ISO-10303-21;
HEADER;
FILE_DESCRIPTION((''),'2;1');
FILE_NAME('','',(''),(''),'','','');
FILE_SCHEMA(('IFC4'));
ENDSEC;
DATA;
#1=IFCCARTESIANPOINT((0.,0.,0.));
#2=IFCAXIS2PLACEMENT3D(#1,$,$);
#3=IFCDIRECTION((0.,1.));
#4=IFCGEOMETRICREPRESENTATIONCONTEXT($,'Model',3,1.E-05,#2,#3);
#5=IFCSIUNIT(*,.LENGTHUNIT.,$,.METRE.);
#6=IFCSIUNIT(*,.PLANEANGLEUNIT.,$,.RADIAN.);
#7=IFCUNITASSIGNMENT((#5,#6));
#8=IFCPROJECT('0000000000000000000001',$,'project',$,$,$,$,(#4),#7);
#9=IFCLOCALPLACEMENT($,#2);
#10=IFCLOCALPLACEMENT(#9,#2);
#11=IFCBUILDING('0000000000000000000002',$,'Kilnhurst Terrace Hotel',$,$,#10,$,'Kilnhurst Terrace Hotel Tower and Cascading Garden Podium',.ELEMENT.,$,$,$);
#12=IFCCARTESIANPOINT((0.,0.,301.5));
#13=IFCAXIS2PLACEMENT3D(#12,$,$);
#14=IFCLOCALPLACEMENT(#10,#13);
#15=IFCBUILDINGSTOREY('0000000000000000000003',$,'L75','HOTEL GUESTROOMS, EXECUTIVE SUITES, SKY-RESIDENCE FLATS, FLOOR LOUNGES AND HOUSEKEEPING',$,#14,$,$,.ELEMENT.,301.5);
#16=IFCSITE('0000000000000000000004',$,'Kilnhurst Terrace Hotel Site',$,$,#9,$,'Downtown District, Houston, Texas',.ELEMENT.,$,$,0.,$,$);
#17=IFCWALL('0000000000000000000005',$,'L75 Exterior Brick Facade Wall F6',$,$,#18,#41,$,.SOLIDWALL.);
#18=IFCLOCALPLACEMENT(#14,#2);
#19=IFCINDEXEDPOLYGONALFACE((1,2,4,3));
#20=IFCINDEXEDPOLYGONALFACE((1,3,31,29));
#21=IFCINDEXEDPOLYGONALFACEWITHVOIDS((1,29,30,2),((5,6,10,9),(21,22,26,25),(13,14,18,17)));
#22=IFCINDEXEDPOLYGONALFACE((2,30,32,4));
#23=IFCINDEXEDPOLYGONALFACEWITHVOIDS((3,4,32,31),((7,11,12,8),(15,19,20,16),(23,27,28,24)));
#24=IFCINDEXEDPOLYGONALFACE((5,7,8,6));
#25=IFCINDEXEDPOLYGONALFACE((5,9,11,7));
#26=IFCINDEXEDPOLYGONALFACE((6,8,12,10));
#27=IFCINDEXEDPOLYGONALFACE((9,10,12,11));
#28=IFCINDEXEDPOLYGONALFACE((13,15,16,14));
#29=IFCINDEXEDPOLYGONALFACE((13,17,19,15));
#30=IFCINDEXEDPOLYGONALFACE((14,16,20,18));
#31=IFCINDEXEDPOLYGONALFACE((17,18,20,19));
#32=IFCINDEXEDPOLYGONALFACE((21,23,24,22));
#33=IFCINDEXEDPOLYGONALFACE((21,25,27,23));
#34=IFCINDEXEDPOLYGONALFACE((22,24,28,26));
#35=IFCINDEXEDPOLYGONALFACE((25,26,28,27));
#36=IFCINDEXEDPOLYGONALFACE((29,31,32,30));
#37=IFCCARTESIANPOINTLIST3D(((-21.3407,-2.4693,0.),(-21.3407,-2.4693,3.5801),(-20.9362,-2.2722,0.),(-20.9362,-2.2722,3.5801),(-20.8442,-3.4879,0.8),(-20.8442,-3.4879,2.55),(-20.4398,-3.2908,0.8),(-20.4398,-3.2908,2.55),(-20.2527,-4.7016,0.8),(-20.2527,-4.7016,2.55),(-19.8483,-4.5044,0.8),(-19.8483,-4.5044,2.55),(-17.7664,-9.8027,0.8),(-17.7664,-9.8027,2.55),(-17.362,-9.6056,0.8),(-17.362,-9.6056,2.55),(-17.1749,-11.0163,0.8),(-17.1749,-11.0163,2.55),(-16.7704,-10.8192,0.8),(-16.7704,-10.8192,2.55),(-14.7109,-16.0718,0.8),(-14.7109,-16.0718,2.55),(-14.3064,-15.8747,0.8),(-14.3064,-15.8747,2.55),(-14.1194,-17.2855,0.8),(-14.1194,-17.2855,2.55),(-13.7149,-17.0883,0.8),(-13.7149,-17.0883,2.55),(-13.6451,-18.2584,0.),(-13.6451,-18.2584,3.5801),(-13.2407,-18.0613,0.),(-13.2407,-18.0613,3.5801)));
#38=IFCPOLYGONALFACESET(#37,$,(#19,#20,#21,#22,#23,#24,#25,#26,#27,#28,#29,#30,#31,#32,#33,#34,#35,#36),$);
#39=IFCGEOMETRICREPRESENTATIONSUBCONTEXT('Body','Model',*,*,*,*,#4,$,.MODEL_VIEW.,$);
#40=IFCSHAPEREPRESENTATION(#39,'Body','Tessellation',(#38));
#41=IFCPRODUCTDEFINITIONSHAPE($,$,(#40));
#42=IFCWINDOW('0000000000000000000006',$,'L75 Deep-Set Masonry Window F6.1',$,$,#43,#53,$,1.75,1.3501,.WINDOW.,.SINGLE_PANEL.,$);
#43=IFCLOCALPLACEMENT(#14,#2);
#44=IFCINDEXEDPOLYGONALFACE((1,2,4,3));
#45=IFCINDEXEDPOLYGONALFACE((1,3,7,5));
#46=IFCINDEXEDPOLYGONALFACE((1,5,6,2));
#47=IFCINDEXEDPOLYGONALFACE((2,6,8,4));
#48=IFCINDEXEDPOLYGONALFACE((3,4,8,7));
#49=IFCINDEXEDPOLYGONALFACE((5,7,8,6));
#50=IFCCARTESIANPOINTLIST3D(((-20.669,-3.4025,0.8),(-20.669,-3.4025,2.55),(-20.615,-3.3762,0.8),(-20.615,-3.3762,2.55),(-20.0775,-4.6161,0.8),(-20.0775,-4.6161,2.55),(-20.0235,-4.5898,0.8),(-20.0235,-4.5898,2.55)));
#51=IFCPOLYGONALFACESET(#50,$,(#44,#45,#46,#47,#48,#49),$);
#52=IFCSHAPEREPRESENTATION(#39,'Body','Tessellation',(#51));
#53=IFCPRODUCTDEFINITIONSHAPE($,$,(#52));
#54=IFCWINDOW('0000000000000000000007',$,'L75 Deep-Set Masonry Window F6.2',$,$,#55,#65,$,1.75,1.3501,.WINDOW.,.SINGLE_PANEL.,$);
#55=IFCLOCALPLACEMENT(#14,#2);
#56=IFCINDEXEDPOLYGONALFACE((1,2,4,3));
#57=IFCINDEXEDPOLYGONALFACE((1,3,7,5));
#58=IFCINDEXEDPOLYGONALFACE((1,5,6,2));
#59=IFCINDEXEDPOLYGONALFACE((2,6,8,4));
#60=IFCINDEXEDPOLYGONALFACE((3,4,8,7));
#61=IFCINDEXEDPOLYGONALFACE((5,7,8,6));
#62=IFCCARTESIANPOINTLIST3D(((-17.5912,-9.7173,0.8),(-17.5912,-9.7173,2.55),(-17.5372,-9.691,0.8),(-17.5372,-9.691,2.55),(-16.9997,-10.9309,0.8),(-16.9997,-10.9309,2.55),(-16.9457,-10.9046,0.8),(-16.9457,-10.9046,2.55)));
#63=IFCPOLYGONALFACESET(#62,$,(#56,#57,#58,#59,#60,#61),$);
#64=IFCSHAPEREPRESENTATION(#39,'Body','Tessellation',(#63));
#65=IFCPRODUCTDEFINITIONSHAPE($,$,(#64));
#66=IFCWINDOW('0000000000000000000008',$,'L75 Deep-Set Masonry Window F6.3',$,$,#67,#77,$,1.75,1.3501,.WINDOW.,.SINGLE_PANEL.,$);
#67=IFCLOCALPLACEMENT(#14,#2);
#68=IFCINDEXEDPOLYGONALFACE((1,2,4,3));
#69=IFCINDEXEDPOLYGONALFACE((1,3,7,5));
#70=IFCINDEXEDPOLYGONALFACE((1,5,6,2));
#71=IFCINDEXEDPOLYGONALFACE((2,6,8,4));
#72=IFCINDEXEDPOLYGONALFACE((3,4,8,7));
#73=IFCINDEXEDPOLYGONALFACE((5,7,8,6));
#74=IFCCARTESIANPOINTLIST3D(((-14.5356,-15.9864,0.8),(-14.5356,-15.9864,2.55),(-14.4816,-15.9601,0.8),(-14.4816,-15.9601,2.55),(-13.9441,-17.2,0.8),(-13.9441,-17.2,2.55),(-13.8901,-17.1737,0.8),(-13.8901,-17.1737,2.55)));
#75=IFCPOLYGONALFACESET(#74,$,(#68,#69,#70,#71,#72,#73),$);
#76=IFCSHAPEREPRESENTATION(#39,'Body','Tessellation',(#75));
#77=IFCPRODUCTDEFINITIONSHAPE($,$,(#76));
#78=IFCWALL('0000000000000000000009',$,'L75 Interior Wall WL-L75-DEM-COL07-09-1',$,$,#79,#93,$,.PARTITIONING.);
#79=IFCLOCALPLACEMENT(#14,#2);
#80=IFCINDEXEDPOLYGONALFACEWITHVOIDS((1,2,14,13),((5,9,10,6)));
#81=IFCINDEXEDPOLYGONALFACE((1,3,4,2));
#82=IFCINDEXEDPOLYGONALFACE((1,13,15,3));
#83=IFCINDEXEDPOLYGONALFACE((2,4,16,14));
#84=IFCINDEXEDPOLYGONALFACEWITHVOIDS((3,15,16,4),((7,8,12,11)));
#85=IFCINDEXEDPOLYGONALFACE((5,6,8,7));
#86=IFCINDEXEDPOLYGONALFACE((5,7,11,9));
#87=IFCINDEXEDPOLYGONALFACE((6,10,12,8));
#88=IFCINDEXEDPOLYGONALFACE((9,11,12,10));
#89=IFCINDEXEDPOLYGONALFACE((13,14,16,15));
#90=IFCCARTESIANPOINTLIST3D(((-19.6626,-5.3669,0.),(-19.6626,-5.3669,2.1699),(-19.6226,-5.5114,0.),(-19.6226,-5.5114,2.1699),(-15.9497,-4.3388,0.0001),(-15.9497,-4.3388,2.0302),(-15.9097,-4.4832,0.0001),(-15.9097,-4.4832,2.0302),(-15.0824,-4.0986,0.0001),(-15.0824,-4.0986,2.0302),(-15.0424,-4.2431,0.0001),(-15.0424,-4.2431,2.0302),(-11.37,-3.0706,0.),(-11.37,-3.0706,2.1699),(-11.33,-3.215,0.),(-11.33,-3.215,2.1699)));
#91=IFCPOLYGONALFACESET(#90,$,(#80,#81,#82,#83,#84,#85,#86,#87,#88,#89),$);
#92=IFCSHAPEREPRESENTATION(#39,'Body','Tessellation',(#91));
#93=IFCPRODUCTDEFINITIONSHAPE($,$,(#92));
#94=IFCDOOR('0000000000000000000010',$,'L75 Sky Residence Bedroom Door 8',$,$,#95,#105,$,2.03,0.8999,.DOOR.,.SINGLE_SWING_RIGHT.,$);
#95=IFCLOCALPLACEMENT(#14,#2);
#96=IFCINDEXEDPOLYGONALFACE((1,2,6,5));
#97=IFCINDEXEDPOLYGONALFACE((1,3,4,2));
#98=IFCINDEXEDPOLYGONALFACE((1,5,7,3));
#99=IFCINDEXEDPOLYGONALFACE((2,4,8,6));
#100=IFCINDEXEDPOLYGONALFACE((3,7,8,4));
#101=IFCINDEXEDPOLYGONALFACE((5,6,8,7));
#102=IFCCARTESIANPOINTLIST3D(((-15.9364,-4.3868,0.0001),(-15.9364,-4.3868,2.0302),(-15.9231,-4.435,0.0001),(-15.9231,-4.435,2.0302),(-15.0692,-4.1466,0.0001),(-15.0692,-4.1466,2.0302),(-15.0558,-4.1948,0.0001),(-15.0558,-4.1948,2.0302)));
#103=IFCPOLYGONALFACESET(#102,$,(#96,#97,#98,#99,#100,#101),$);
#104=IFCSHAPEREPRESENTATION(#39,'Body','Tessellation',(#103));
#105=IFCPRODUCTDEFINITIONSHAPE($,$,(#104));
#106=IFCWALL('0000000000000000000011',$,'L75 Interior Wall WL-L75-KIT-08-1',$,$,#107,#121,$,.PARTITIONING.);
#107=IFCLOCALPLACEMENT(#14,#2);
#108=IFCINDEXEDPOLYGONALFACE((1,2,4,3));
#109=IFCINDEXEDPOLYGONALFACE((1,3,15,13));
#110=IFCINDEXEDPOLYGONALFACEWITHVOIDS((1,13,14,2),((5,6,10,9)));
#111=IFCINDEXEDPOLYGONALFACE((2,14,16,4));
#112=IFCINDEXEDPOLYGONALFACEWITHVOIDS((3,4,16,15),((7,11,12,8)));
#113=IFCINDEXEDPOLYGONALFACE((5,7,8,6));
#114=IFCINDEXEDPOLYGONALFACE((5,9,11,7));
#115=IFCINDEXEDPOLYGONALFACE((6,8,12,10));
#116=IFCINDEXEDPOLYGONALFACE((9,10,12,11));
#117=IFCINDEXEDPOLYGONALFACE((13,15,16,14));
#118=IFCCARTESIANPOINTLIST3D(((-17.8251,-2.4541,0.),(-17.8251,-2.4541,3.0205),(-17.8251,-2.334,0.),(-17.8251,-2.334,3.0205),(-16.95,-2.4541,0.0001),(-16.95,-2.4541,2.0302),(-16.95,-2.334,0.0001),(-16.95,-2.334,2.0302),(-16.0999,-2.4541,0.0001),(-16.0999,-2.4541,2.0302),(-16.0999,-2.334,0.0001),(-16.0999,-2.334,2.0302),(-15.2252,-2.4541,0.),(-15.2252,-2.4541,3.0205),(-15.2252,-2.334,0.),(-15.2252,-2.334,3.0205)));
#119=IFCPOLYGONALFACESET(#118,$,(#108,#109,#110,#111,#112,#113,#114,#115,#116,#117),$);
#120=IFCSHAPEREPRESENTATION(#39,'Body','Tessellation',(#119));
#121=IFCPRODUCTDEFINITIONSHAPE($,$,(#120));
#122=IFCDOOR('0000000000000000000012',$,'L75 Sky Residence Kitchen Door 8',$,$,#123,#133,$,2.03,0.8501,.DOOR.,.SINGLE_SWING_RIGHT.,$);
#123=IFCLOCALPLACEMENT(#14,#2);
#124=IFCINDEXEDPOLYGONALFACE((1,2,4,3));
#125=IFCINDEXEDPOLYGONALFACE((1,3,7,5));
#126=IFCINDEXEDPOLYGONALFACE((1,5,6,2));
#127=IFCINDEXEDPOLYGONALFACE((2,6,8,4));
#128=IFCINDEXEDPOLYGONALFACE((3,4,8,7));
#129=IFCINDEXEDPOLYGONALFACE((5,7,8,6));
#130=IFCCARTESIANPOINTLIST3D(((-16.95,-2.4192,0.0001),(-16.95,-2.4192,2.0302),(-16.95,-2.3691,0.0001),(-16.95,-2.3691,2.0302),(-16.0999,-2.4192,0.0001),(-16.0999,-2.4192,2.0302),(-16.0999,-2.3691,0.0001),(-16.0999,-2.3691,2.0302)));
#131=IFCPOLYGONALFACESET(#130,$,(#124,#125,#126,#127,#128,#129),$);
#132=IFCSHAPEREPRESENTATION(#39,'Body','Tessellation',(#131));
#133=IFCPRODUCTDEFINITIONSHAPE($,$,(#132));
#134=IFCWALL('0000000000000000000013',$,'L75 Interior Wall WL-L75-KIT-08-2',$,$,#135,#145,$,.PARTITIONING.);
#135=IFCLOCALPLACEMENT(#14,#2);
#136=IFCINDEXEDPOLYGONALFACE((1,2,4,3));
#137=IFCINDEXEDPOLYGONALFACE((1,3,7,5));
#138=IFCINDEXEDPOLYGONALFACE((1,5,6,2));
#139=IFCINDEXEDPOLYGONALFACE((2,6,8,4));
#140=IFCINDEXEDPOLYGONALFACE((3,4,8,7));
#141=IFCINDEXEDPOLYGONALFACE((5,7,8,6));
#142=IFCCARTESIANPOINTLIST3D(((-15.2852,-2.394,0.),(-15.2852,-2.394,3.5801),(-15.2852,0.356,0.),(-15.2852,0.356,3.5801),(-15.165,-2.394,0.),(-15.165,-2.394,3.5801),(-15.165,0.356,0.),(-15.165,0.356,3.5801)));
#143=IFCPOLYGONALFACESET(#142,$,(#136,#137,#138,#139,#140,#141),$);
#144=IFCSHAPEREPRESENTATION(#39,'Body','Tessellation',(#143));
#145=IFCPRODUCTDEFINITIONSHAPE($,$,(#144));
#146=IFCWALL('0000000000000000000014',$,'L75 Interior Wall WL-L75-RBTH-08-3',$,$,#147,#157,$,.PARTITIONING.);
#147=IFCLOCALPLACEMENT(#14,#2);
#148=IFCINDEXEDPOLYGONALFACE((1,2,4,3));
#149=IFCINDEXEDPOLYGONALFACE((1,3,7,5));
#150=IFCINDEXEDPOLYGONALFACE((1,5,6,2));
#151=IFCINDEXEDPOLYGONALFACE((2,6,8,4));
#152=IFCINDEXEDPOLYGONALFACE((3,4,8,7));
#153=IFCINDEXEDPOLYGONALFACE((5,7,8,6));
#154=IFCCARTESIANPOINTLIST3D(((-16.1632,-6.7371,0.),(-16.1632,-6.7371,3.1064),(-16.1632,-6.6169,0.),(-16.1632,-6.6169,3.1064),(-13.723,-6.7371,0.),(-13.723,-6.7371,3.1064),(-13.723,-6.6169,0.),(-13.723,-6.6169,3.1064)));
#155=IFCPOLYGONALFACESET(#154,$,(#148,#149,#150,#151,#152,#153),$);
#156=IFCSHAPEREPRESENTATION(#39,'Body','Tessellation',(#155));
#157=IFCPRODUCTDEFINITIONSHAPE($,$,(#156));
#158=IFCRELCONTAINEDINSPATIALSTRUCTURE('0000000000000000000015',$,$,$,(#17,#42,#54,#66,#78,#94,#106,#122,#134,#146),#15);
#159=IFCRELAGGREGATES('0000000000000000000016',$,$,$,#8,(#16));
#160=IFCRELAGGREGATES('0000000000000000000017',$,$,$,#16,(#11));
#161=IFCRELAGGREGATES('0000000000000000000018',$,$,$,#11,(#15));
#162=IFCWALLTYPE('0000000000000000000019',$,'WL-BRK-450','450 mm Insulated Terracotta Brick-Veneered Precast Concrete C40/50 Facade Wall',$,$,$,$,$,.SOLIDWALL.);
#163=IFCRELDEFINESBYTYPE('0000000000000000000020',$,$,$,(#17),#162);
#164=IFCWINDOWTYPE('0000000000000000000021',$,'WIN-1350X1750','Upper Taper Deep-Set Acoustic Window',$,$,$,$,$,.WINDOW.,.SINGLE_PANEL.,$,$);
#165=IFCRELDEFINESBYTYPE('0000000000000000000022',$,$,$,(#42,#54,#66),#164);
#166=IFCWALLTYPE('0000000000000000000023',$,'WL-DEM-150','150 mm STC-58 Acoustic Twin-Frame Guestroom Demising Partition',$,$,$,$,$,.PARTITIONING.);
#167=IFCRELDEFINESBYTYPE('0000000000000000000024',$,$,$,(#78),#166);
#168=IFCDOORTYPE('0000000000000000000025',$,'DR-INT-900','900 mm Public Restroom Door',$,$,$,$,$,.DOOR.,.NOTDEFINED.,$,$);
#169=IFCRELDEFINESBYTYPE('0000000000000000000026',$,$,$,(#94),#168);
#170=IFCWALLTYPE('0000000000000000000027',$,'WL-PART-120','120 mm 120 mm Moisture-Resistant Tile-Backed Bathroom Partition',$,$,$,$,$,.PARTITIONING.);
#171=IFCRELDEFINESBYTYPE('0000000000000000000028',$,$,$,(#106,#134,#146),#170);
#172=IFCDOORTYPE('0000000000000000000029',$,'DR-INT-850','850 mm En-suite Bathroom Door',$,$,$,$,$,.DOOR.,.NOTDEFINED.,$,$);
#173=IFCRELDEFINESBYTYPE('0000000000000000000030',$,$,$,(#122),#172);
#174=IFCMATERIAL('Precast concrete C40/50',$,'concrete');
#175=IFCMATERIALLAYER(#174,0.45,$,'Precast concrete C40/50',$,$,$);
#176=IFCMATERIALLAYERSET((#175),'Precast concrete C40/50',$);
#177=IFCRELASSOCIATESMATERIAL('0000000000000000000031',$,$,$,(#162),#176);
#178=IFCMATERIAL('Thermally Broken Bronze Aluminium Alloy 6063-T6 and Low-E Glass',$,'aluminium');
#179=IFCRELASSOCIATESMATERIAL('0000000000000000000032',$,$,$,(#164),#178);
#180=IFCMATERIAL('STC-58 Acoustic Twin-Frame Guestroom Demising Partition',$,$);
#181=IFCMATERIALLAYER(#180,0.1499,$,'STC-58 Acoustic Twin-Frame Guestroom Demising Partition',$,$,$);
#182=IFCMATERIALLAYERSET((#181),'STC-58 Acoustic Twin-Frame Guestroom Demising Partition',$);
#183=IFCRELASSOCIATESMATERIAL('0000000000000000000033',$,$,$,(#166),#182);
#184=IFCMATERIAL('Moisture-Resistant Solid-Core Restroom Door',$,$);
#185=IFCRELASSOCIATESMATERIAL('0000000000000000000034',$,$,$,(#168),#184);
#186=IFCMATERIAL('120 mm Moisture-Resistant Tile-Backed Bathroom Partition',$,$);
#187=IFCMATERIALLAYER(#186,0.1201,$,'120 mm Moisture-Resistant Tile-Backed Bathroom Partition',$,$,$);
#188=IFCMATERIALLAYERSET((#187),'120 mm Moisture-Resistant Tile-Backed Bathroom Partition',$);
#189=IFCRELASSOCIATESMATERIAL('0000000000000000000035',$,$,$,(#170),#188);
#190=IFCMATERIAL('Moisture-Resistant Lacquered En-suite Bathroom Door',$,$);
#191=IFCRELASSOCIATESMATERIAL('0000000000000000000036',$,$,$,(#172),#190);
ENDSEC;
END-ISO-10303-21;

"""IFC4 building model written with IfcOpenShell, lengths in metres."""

from ifc_helpers import new_model, si_unit, direction, frame, frame_2d, origin, place, context, subcontext, project, spatial, rectangle, extrude, material, layer, layer_set, type_object, element, fill, save


model = new_model("IFC4")

# Units and contexts
model_context = context("Model", 3, precision=1e-05, world=origin(), true_north=direction((0.0, 1.0)))
body_context = subcontext(model_context, "Body", "Model", "MODEL_VIEW")
ifc_project = project(units=[si_unit("LENGTHUNIT", "METRE"), si_unit("PLANEANGLEUNIT", "RADIAN")], contexts=[model_context])

# Site, building, storey
site_placement = place(None, origin())
site = spatial("IfcSite", under=ifc_project, at=site_placement, Name="Kilnhurst Terrace Hotel Site", LongName="Downtown District, Houston, Texas", CompositionType="ELEMENT", RefElevation=0.0)
building_placement = place(site_placement, origin())
building = spatial("IfcBuilding", under=site, at=building_placement, Name="Kilnhurst Terrace Hotel", LongName="Kilnhurst Terrace Hotel Tower and Cascading Garden Podium", CompositionType="ELEMENT")
storey_placement = place(building_placement, frame((0.0, 0.0, 301.5)))
storey = spatial("IfcBuildingStorey", under=building, at=storey_placement, Name="L75", Description="HOTEL GUESTROOMS, EXECUTIVE SUITES, SKY-RESIDENCE FLATS, FLOOR LOUNGES AND HOUSEKEEPING", CompositionType="ELEMENT", Elevation=301.5)

# Shared definitions
ifc_material_1 = material(Name="Precast concrete C40/50", Category="concrete")
ifc_layer_1 = layer(ifc_material_1, 0.45, Name="Precast concrete C40/50")
ifc_layer_set_1 = layer_set([ifc_layer_1], Name="Precast concrete C40/50")
wall_type_1 = type_object("IfcWallType", Name="WL-BRK-450", Description="450 mm Insulated Terracotta Brick-Veneered Precast Concrete C40/50 Facade Wall", PredefinedType="SOLIDWALL", material=ifc_layer_set_1)

# Wall, openings, windows
wall_1_placement = place(storey_placement, frame((-21.1384, -2.3708, 0.0), z_axis=(0.0, 0.0, 1.0), x_axis=(0.438128, -0.898913, 0.0)))
wall_1 = element("IfcWall", 1, at=wall_1_placement, inside=storey, type_object=wall_type_1, Name="L75 Exterior Brick Facade Wall F6", PredefinedType="SOLIDWALL", context=body_context, shape_type="SweptSolid", body=[
    extrude(rectangle(XDim=17.5647, YDim=0.45, at=frame_2d((8.7822, 0.0))), origin(), (0.0, 0.0, 1.0), 3.5801),
])
opening_1_placement = place(wall_1_placement, frame((1.1331, 0.0, 0.8)))
opening_1 = element("IfcOpeningElement", 2, at=opening_1_placement, cuts=wall_1, PredefinedType="OPENING", context=body_context, shape_type="SweptSolid", body=[
    extrude(rectangle(XDim=1.3501, YDim=1.75, at=frame_2d((0.675, 0.875))), frame((0.0, 0.2349, 0.0), z_axis=(0.0, -1.0, 0.0), x_axis=(1.0, 0.0, 0.0)), (0.0, 0.0, 1.0), 0.47),
])
opening_2_placement = place(wall_1_placement, frame((8.158, 0.0, 0.8)))
opening_2 = element("IfcOpeningElement", 3, at=opening_2_placement, cuts=wall_1, PredefinedType="OPENING", context=body_context, shape_type="SweptSolid", body=[
    extrude(rectangle(XDim=1.3501, YDim=1.75, at=frame_2d((0.675, 0.875))), frame((0.0, 0.2349, 0.0), z_axis=(0.0, -1.0, 0.0), x_axis=(1.0, 0.0, 0.0)), (0.0, 0.0, 1.0), 0.47),
])
opening_3_placement = place(wall_1_placement, frame((15.1321, 0.0, 0.8)))
opening_3 = element("IfcOpeningElement", 4, at=opening_3_placement, cuts=wall_1, PredefinedType="OPENING", context=body_context, shape_type="SweptSolid", body=[
    extrude(rectangle(XDim=1.3501, YDim=1.75, at=frame_2d((0.675, 0.875))), frame((0.0, 0.2349, 0.0), z_axis=(0.0, -1.0, 0.0), x_axis=(1.0, 0.0, 0.0)), (0.0, 0.0, 1.0), 0.47),
])
ifc_material_2 = material(Name="Thermally Broken Bronze Aluminium Alloy 6063-T6 and Low-E Glass", Category="aluminium")
window_type = type_object("IfcWindowType", Name="WIN-1350X1750", Description="Upper Taper Deep-Set Acoustic Window", PartitioningType="SINGLE_PANEL", PredefinedType="WINDOW", material=ifc_material_2)
window_1_placement = place(opening_1_placement, origin())
window_1 = element("IfcWindow", 5, at=window_1_placement, inside=storey, type_object=window_type, Name="L75 Deep-Set Masonry Window F6.1", OverallHeight=1.75, OverallWidth=1.3501, PartitioningType="SINGLE_PANEL", PredefinedType="WINDOW", context=body_context, shape_type="SweptSolid", body=[
    extrude(rectangle(XDim=1.3501, YDim=1.75, at=frame_2d((0.675, 0.875))), frame((0.0, 0.03, 0.0), z_axis=(0.0, -1.0, 0.0), x_axis=(1.0, 0.0, 0.0)), (0.0, 0.0, 1.0), 0.0601),
])
fill(opening_1, window_1)
window_2_placement = place(opening_2_placement, origin())
window_2 = element("IfcWindow", 6, at=window_2_placement, inside=storey, type_object=window_type, Name="L75 Deep-Set Masonry Window F6.2", OverallHeight=1.75, OverallWidth=1.3501, PartitioningType="SINGLE_PANEL", PredefinedType="WINDOW", context=body_context, shape_type="SweptSolid", body=[
    extrude(rectangle(XDim=1.3501, YDim=1.75, at=frame_2d((0.675, 0.875))), frame((0.0, 0.03, 0.0), z_axis=(0.0, -1.0, 0.0), x_axis=(1.0, 0.0, 0.0)), (0.0, 0.0, 1.0), 0.0601),
])
fill(opening_2, window_2)
window_3_placement = place(opening_3_placement, origin())
window_3 = element("IfcWindow", 7, at=window_3_placement, inside=storey, type_object=window_type, Name="L75 Deep-Set Masonry Window F6.3", OverallHeight=1.75, OverallWidth=1.3501, PartitioningType="SINGLE_PANEL", PredefinedType="WINDOW", context=body_context, shape_type="SweptSolid", body=[
    extrude(rectangle(XDim=1.3501, YDim=1.75, at=frame_2d((0.675, 0.875))), frame((0.0, 0.03, 0.0), z_axis=(0.0, -1.0, 0.0), x_axis=(1.0, 0.0, 0.0)), (0.0, 0.0, 1.0), 0.0601),
])
fill(opening_3, window_3)

# Walls, openings, doors
ifc_material_3 = material(Name="STC-58 Acoustic Twin-Frame Guestroom Demising Partition")
ifc_layer_2 = layer(ifc_material_3, 0.1499, Name="STC-58 Acoustic Twin-Frame Guestroom Demising Partition")
ifc_layer_set_2 = layer_set([ifc_layer_2], Name="STC-58 Acoustic Twin-Frame Guestroom Demising Partition")
wall_type_2 = type_object("IfcWallType", Name="WL-DEM-150", Description="150 mm STC-58 Acoustic Twin-Frame Guestroom Demising Partition", PredefinedType="PARTITIONING", material=ifc_layer_set_2)
wall_2_placement = place(storey_placement, frame((-11.3501, -3.1428, 0.0), z_axis=(0.0, 0.0, 1.0), x_axis=(-0.963732, -0.266873, 0.0)))
wall_2 = element("IfcWall", 8, at=wall_2_placement, inside=storey, type_object=wall_type_2, Name="L75 Interior Wall WL-L75-DEM-COL07-09-1", PredefinedType="PARTITIONING", context=body_context, shape_type="SweptSolid", body=[
    extrude(rectangle(XDim=8.6047, YDim=0.1499, at=frame_2d((4.3022, 0.0))), origin(), (0.0, 0.0, 1.0), 2.1699),
])
opening_4_placement = place(wall_2_placement, frame((3.8521, 0.0, 0.0)))
opening_4 = element("IfcOpeningElement", 9, at=opening_4_placement, cuts=wall_2, PredefinedType="OPENING", context=body_context, shape_type="SweptSolid", body=[
    extrude(rectangle(XDim=0.8999, YDim=2.03, at=frame_2d((0.45, 1.0151))), frame((0.0, 0.085, 0.0), z_axis=(0.0, -1.0, 0.0), x_axis=(1.0, 0.0, 0.0)), (0.0, 0.0, 1.0), 0.1699),
])
ifc_material_4 = material(Name="Moisture-Resistant Solid-Core Restroom Door")
door_type_1 = type_object("IfcDoorType", Name="DR-INT-900", Description="900 mm Public Restroom Door", OperationType="NOTDEFINED", PredefinedType="DOOR", material=ifc_material_4)
door_1_placement = place(opening_4_placement, origin())
door_1 = element("IfcDoor", 10, at=door_1_placement, inside=storey, type_object=door_type_1, Name="L75 Sky Residence Bedroom Door 8", OperationType="SINGLE_SWING_RIGHT", OverallHeight=2.03, OverallWidth=0.8999, PredefinedType="DOOR", context=body_context, shape_type="SweptSolid", body=[
    extrude(rectangle(XDim=0.8999, YDim=2.03, at=frame_2d((0.45, 1.0151))), frame((0.0, 0.0249, 0.0), z_axis=(0.0, -1.0, 0.0), x_axis=(1.0, 0.0, 0.0)), (0.0, 0.0, 1.0), 0.05),
])
fill(opening_4, door_1)
ifc_material_5 = material(Name="120 mm Moisture-Resistant Tile-Backed Bathroom Partition")
ifc_layer_3 = layer(ifc_material_5, 0.1201, Name="120 mm Moisture-Resistant Tile-Backed Bathroom Partition")
ifc_layer_set_3 = layer_set([ifc_layer_3], Name="120 mm Moisture-Resistant Tile-Backed Bathroom Partition")
wall_type_3 = type_object("IfcWallType", Name="WL-PART-120", Description="120 mm 120 mm Moisture-Resistant Tile-Backed Bathroom Partition", PredefinedType="PARTITIONING", material=ifc_layer_set_3)
wall_3_placement = place(storey_placement, frame((-17.825, -2.394, 0.0), z_axis=(0.0, 0.0, 1.0), x_axis=(1.0, 0.0, 0.0)))
wall_3 = element("IfcWall", 11, at=wall_3_placement, inside=storey, type_object=wall_type_3, Name="L75 Interior Wall WL-L75-KIT-08-1", PredefinedType="PARTITIONING", context=body_context, shape_type="SweptSolid", body=[
    extrude(rectangle(XDim=2.5999, YDim=0.1201, at=frame_2d((1.2998, 0.0))), origin(), (0.0, 0.0, 1.0), 3.0205),
])
opening_5_placement = place(wall_3_placement, frame((0.875, 0.0, 0.0)))
opening_5 = element("IfcOpeningElement", 12, at=opening_5_placement, cuts=wall_3, PredefinedType="OPENING", context=body_context, shape_type="SweptSolid", body=[
    extrude(rectangle(XDim=0.8501, YDim=2.03, at=frame_2d((0.425, 1.0151))), frame((0.0, 0.0701, 0.0), z_axis=(0.0, -1.0, 0.0), x_axis=(1.0, 0.0, 0.0)), (0.0, 0.0, 1.0), 0.1401),
])
ifc_material_6 = material(Name="Moisture-Resistant Lacquered En-suite Bathroom Door")
door_type_2 = type_object("IfcDoorType", Name="DR-INT-850", Description="850 mm En-suite Bathroom Door", OperationType="NOTDEFINED", PredefinedType="DOOR", material=ifc_material_6)
door_2_placement = place(opening_5_placement, origin())
door_2 = element("IfcDoor", 13, at=door_2_placement, inside=storey, type_object=door_type_2, Name="L75 Sky Residence Kitchen Door 8", OperationType="SINGLE_SWING_RIGHT", OverallHeight=2.03, OverallWidth=0.8501, PredefinedType="DOOR", context=body_context, shape_type="SweptSolid", body=[
    extrude(rectangle(XDim=0.8501, YDim=2.03, at=frame_2d((0.425, 1.0151))), frame((0.0, 0.0249, 0.0), z_axis=(0.0, -1.0, 0.0), x_axis=(1.0, 0.0, 0.0)), (0.0, 0.0, 1.0), 0.05),
])
fill(opening_5, door_2)

# Walls
wall_4_placement = place(storey_placement, frame((-15.2251, -2.394, 0.0), z_axis=(0.0, 0.0, 1.0), x_axis=(0.0, 1.0, 0.0)))
element("IfcWall", 14, at=wall_4_placement, inside=storey, type_object=wall_type_3, Name="L75 Interior Wall WL-L75-KIT-08-2", PredefinedType="PARTITIONING", context=body_context, shape_type="SweptSolid", body=[
    extrude(rectangle(XDim=2.75, YDim=0.1201, at=frame_2d((1.375, 0.0))), origin(), (0.0, 0.0, 1.0), 3.5801),
])
wall_5_placement = place(storey_placement, frame((-13.7229, -6.677, 0.0), z_axis=(0.0, 0.0, 1.0), x_axis=(-1.0, 0.0, 0.0)))
element("IfcWall", 15, at=wall_5_placement, inside=storey, type_object=wall_type_3, Name="L75 Interior Wall WL-L75-RBTH-08-3", PredefinedType="PARTITIONING", context=body_context, shape_type="SweptSolid", body=[
    extrude(rectangle(XDim=2.4402, YDim=0.1201, at=frame_2d((1.2202, 0.0))), origin(), (0.0, 0.0, 1.0), 3.1064),
])

save(model, "model.ifc")
